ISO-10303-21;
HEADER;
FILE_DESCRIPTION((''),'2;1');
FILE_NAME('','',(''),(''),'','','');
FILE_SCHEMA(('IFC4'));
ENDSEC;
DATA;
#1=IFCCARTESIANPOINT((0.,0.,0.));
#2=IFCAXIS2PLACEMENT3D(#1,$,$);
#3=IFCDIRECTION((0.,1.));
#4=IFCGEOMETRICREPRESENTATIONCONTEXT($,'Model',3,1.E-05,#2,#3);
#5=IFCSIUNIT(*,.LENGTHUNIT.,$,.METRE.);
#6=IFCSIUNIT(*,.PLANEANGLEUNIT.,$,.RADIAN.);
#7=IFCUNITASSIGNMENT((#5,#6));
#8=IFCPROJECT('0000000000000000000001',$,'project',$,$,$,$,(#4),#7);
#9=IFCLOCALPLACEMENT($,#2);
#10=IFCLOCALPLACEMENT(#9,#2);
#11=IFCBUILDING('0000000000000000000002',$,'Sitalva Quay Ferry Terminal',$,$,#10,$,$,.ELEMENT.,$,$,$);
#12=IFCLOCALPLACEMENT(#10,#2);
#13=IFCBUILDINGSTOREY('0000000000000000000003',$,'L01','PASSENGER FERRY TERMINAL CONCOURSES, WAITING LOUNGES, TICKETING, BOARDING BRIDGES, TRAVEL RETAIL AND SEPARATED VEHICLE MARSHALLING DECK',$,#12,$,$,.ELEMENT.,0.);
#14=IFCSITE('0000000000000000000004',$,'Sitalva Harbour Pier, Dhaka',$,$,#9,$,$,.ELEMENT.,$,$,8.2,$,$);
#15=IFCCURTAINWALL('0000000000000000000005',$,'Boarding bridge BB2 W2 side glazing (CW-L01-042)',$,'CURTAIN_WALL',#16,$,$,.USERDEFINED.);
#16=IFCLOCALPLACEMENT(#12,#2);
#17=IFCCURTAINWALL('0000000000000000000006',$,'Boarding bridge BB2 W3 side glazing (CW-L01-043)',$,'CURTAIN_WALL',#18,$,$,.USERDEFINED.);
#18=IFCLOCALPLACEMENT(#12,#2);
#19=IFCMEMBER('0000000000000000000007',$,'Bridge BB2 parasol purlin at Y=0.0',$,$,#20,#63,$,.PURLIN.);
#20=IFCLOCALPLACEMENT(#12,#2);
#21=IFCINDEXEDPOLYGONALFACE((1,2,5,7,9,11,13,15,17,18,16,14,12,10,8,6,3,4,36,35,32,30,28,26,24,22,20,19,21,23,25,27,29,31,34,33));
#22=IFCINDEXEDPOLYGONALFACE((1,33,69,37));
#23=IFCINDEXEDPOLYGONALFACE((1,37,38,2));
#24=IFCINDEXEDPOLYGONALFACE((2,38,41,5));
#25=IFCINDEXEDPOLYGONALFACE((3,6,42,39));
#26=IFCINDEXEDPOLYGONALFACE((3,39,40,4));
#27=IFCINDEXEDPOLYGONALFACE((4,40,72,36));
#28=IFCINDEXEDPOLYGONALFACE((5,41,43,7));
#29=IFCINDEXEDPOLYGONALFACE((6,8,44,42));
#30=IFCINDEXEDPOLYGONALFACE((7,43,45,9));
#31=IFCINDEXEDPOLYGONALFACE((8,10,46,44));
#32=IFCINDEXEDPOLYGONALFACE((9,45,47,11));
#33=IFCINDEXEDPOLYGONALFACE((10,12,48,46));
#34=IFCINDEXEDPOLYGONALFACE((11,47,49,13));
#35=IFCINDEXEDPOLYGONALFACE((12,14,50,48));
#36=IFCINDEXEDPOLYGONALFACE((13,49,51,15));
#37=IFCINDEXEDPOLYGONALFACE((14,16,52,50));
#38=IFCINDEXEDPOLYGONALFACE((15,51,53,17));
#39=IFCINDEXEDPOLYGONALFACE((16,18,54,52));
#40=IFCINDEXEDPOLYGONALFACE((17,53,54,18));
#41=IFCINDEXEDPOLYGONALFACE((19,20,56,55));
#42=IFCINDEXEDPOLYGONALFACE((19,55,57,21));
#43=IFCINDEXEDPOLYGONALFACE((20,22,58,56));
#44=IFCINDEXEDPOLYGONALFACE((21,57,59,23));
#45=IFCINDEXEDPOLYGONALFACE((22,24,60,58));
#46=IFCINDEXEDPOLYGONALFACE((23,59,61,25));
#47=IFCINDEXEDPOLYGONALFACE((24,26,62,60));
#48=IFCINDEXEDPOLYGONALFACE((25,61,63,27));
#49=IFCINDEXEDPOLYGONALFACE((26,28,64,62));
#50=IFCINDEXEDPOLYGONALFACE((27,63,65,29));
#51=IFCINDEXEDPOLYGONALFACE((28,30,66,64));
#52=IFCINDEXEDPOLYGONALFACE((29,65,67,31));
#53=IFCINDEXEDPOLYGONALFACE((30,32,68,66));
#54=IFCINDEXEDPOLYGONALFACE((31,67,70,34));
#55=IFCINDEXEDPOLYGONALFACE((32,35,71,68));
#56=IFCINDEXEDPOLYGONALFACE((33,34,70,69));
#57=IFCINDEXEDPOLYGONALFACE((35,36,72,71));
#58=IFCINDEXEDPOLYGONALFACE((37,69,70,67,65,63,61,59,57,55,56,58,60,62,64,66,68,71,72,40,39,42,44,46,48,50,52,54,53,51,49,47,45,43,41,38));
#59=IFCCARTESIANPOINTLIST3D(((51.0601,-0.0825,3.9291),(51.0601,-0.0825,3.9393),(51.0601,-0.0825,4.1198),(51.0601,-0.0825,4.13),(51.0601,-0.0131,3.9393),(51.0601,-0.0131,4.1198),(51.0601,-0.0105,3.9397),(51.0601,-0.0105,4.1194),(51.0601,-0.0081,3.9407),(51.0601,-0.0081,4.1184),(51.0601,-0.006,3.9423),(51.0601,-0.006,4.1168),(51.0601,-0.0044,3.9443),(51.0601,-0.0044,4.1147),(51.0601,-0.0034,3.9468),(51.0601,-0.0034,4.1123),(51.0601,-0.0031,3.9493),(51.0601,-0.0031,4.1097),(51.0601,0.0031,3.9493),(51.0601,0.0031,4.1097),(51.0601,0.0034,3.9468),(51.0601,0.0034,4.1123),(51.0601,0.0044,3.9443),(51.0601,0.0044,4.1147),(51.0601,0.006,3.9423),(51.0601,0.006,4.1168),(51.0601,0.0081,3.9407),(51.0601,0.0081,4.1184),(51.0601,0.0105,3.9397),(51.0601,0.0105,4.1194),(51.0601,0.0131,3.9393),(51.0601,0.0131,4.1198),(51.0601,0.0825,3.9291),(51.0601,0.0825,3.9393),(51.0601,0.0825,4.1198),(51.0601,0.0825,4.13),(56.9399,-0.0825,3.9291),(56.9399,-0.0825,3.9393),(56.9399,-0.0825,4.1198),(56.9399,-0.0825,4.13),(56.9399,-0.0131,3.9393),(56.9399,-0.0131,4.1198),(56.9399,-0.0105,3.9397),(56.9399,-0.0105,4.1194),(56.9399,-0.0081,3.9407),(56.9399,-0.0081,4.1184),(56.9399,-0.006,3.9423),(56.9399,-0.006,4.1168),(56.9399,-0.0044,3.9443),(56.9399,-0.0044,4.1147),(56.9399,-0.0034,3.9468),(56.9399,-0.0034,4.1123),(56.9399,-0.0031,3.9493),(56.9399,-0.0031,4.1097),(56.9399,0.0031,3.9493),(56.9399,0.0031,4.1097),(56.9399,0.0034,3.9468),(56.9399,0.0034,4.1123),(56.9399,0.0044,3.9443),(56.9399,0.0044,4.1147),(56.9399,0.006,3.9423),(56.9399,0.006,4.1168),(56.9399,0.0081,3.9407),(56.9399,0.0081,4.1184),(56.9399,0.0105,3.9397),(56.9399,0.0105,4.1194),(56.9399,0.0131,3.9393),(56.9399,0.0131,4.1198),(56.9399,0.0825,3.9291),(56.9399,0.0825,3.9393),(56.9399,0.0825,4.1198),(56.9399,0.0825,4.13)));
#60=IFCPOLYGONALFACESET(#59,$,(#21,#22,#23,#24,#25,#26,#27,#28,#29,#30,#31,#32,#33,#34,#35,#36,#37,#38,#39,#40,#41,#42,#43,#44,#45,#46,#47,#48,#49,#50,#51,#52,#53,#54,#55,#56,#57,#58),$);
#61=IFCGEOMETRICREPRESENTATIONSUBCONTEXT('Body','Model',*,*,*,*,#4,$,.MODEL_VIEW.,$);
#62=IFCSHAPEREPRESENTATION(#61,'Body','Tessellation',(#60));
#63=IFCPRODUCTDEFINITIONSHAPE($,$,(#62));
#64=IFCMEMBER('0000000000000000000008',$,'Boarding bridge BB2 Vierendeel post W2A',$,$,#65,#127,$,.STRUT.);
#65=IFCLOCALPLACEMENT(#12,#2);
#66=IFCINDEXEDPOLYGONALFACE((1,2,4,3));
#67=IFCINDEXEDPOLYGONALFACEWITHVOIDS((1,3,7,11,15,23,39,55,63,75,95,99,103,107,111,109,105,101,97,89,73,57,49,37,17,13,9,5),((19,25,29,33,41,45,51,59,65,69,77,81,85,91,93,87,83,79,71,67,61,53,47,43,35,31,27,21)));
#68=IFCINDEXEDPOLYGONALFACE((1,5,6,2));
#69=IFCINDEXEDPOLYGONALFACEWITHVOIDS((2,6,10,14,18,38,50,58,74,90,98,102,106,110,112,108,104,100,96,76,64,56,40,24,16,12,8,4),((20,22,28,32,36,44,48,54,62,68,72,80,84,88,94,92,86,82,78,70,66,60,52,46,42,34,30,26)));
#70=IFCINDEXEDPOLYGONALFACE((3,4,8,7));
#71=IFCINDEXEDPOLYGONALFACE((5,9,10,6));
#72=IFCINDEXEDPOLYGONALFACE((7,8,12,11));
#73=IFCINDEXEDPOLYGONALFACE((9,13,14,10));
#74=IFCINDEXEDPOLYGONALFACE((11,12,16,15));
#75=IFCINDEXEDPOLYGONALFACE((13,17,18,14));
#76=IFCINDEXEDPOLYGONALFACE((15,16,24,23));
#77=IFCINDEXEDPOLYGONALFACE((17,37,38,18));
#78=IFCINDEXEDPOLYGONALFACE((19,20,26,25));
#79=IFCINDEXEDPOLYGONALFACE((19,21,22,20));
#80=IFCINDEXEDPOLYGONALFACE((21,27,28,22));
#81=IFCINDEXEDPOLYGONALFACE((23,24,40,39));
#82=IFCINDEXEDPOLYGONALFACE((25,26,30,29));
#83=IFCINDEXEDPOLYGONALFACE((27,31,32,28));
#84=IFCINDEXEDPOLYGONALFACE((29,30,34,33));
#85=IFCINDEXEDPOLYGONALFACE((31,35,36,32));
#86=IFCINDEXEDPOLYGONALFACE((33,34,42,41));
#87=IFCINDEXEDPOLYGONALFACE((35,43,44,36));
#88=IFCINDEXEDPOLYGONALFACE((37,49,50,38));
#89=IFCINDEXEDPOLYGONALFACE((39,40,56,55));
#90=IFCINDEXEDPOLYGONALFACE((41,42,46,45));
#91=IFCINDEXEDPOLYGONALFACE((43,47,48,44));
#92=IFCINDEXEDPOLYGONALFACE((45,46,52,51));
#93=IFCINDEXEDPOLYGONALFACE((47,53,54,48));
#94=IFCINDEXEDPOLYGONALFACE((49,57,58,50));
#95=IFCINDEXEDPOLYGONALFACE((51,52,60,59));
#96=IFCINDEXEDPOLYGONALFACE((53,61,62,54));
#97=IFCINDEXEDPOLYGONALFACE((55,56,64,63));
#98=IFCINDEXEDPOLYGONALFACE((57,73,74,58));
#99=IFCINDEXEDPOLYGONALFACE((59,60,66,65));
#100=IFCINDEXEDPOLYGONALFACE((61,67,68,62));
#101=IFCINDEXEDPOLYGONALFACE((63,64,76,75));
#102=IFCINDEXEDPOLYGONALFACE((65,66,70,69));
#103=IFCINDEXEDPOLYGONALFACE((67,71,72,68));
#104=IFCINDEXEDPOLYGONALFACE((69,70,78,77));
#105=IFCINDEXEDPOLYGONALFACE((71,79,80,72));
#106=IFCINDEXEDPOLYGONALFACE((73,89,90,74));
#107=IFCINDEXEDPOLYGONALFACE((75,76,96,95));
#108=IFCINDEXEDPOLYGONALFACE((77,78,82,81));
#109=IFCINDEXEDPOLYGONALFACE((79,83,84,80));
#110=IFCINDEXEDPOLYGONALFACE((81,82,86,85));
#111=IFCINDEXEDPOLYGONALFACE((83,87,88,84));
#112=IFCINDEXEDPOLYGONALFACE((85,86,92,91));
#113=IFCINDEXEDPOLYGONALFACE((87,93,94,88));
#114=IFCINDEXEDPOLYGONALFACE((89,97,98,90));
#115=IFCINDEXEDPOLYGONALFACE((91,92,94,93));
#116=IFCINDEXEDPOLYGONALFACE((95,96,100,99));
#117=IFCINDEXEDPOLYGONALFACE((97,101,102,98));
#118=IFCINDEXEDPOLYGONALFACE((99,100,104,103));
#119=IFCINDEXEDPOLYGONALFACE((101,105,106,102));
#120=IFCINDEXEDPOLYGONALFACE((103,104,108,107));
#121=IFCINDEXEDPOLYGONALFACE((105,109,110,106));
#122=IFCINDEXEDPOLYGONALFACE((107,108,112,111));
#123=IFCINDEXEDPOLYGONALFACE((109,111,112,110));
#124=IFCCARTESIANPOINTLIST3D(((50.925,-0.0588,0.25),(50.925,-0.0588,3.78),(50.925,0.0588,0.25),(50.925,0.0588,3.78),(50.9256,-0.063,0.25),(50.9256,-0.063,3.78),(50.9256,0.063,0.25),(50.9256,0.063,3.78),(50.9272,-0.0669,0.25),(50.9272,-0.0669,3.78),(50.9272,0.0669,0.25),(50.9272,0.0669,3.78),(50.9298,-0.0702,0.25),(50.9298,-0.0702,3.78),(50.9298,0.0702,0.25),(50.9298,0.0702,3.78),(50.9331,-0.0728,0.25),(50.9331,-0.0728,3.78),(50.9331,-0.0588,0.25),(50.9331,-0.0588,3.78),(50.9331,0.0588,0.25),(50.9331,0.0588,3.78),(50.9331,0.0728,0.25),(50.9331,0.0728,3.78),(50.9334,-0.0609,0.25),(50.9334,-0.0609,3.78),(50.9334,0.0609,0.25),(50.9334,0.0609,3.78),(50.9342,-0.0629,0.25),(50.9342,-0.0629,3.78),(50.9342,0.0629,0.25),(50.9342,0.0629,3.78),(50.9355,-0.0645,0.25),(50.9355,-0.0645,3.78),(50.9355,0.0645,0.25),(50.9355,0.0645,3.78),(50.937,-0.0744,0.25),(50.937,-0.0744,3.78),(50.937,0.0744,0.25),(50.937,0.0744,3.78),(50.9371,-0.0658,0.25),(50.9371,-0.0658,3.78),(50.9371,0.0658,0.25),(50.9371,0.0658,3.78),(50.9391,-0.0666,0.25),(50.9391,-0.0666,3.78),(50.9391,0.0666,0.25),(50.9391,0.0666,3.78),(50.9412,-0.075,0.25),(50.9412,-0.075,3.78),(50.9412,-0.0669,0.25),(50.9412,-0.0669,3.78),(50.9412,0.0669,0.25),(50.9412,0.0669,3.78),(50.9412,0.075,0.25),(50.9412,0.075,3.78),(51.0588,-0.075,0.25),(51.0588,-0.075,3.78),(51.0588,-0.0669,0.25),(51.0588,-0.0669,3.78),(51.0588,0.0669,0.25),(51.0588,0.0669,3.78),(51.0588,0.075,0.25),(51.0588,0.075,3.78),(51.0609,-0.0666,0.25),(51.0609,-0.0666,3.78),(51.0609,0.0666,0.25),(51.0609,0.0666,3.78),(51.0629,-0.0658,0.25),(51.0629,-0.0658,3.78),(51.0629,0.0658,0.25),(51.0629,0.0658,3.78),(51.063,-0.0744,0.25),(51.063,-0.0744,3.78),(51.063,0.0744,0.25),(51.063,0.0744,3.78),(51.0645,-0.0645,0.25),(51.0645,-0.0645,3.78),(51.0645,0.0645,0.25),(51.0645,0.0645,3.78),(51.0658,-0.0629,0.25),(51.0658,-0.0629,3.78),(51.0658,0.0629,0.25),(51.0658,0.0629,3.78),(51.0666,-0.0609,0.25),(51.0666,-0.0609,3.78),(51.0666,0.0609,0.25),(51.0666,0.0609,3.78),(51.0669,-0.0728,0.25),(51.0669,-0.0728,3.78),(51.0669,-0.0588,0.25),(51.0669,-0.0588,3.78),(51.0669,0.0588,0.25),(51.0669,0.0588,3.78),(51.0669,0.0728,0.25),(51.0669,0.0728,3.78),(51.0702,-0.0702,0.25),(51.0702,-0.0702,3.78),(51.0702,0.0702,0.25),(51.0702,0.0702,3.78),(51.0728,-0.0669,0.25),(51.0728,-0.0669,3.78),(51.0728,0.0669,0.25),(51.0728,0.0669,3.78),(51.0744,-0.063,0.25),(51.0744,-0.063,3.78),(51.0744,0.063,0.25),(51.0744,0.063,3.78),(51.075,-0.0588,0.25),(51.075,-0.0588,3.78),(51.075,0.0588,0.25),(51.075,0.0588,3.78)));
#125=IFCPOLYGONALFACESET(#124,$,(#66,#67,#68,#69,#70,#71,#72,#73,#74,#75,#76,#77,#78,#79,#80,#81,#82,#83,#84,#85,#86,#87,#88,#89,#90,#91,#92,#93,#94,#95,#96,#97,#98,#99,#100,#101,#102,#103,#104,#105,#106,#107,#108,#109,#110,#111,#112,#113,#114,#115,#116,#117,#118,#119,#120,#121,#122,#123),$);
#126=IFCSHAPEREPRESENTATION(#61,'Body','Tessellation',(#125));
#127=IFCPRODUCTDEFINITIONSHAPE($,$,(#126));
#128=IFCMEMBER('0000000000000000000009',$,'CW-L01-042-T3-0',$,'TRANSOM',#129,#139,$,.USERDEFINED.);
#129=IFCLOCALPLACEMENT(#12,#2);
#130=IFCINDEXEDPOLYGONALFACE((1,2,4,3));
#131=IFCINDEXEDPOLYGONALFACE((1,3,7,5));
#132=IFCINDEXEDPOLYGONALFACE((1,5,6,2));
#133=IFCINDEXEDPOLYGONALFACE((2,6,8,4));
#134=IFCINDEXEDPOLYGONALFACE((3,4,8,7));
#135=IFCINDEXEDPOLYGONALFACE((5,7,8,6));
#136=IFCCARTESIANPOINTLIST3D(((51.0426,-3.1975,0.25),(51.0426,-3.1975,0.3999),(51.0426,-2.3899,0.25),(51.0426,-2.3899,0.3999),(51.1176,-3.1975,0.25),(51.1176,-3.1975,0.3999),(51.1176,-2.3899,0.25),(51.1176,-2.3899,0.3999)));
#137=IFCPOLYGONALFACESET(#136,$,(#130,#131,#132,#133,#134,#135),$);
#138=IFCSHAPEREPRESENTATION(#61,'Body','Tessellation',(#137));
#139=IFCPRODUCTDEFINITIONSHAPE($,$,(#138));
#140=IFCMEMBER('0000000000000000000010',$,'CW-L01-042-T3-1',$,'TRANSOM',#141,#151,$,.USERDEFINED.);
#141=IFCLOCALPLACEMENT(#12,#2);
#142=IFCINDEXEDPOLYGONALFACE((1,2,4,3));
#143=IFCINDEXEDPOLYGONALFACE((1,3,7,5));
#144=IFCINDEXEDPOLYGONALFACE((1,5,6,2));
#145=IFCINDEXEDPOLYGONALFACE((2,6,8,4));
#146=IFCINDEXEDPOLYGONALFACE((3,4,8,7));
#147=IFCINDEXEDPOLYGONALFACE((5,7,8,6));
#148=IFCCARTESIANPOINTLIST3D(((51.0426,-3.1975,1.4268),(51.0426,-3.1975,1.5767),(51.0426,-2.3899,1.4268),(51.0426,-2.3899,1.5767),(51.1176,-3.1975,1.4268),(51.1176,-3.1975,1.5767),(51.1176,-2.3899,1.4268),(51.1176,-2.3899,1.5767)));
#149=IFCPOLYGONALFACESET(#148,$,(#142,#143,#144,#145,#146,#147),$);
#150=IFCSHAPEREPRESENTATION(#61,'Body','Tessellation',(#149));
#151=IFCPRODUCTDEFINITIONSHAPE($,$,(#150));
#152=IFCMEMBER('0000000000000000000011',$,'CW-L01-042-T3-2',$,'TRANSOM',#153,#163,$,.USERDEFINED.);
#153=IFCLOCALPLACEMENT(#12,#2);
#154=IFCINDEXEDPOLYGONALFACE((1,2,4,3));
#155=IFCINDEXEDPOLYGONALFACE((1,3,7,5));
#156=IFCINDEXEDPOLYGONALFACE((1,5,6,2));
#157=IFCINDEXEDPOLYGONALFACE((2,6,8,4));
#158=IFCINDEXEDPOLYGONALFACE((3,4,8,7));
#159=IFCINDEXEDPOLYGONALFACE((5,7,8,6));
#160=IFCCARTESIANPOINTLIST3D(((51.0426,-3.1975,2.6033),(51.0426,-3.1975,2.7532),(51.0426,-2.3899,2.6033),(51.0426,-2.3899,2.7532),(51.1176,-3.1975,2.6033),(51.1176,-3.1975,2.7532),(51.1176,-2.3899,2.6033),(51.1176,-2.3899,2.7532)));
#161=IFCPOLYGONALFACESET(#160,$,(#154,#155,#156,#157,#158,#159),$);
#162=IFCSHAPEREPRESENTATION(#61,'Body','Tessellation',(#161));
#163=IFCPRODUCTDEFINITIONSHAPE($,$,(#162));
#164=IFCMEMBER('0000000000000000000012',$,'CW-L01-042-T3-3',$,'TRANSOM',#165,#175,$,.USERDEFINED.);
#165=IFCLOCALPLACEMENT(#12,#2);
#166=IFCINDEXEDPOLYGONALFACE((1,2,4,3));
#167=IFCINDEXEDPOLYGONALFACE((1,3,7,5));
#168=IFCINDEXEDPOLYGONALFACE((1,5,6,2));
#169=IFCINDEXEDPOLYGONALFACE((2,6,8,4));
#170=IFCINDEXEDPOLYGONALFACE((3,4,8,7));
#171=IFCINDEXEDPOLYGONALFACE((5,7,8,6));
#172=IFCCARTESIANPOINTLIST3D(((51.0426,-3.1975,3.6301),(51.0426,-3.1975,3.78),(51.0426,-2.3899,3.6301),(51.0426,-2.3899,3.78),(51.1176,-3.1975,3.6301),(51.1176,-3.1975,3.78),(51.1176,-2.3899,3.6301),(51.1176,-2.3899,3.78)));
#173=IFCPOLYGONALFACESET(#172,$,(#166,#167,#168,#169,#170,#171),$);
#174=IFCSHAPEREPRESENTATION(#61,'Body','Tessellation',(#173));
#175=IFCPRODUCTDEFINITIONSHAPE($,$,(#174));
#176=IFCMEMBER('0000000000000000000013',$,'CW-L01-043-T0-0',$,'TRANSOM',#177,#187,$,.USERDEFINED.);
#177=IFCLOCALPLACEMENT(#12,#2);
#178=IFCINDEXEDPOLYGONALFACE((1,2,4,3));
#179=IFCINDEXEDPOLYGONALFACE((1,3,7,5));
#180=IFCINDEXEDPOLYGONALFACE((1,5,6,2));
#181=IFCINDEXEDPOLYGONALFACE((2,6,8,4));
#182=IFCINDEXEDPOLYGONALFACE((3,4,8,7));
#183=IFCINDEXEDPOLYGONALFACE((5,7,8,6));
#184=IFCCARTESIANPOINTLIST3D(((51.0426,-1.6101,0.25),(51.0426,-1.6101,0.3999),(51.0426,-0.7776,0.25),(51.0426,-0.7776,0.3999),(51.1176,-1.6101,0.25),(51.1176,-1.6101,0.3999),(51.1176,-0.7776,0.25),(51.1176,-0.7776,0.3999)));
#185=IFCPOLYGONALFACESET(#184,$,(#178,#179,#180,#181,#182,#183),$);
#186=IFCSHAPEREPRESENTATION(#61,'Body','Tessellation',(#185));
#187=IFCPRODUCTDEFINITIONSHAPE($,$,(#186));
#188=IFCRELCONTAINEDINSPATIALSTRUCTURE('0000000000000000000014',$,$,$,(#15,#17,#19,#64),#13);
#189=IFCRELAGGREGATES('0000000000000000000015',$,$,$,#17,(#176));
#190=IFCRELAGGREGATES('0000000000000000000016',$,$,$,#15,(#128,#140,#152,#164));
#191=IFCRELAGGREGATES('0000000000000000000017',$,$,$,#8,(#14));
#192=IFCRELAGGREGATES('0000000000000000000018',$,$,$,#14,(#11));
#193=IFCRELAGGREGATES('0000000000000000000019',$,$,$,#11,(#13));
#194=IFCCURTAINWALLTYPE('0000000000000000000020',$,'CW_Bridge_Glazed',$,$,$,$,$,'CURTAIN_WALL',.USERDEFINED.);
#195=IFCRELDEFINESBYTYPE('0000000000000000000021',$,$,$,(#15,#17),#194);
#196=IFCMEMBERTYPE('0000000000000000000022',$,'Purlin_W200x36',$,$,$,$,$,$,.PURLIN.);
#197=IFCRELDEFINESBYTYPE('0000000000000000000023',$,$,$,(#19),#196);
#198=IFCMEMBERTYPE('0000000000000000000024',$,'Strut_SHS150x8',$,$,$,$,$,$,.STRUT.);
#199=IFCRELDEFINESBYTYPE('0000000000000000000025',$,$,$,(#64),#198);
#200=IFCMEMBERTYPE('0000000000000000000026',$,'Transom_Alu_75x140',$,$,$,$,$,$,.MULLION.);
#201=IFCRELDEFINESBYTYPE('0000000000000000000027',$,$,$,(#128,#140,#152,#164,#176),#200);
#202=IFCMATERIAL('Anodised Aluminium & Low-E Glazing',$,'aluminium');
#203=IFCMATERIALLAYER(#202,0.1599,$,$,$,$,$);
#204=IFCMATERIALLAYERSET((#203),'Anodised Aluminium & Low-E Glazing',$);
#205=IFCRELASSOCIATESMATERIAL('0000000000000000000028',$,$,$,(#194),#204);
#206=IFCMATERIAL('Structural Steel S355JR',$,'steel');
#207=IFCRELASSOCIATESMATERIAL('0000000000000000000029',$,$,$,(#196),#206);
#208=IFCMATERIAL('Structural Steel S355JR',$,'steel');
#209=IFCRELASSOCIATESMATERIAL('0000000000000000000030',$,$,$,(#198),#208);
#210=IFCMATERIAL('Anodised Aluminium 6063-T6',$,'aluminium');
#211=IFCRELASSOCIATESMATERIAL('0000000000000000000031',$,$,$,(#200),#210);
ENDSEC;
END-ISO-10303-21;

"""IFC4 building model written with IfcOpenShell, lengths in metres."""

from ifc_helpers import new_model, si_unit, direction, frame, origin, origin_2d, place, context, subcontext, project, spatial, rectangle, hollow_rectangle, i_section, extrude, material, layer, layer_set, material_profile, profile_set, type_object, element, aggregate, save


model = new_model("IFC4")

# Units and contexts
model_context = context("Model", 3, precision=1e-05, world=origin(), true_north=direction((0.0, 1.0)))
body_context = subcontext(model_context, "Body", "Model", "MODEL_VIEW")
ifc_project = project(units=[si_unit("LENGTHUNIT", "METRE"), si_unit("PLANEANGLEUNIT", "RADIAN")], contexts=[model_context])

# Site, building, storey
site_placement = place(None, origin())
site = spatial("IfcSite", under=ifc_project, at=site_placement, Name="Sitalva Harbour Pier, Dhaka", CompositionType="ELEMENT", RefElevation=8.2)
building_placement = place(site_placement, origin())
building = spatial("IfcBuilding", under=site, at=building_placement, Name="Sitalva Quay Ferry Terminal", CompositionType="ELEMENT")
storey_placement = place(building_placement, origin())
storey = spatial("IfcBuildingStorey", under=building, at=storey_placement, Name="L01", Description="PASSENGER FERRY TERMINAL CONCOURSES, WAITING LOUNGES, TICKETING, BOARDING BRIDGES, TRAVEL RETAIL AND SEPARATED VEHICLE MARSHALLING DECK", CompositionType="ELEMENT", Elevation=0.0)

# Curtain wall
ifc_material_1 = material(Name="Anodised Aluminium & Low-E Glazing", Category="aluminium")
ifc_layer_1 = layer(ifc_material_1, 0.1599)
ifc_layer_set_1 = layer_set([ifc_layer_1], Name="Anodised Aluminium & Low-E Glazing")
curtain_wall_type = type_object("IfcCurtainWallType", Name="CW_Bridge_Glazed", ElementType="CURTAIN_WALL", PredefinedType="USERDEFINED", material=ifc_layer_set_1)
curtain_wall_1_placement = place(storey_placement, origin())
curtain_wall_1 = element("IfcCurtainWall", 1, at=curtain_wall_1_placement, inside=storey, type_object=curtain_wall_type, Name="Boarding bridge BB2 W2 side glazing (CW-L01-042)", ObjectType="CURTAIN_WALL", PredefinedType="USERDEFINED")

# Curtain wall
curtain_wall_2_placement = place(storey_placement, origin())
curtain_wall_2 = element("IfcCurtainWall", 2, at=curtain_wall_2_placement, inside=storey, type_object=curtain_wall_type, Name="Boarding bridge BB2 W3 side glazing (CW-L01-043)", ObjectType="CURTAIN_WALL", PredefinedType="USERDEFINED")

# Members
ifc_material_2 = material(Name="Structural Steel S355JR", Category="steel")
ifc_material_profile_1 = material_profile(ifc_material_2, i_section(OverallWidth=0.165, OverallDepth=0.2009, WebThickness=0.0061, FlangeThickness=0.0103, FilletRadius=0.01, at=origin_2d()), Name="W200x36")
ifc_profile_set_1 = profile_set([ifc_material_profile_1], Name="Structural Steel S355JR")
member_type_1 = type_object("IfcMemberType", Name="Purlin_W200x36", PredefinedType="PURLIN", material=ifc_profile_set_1)
member_1_placement = place(storey_placement, frame((51.0601, 0.0, 4.0295), z_axis=(1.0, 0.0, 0.0), x_axis=(0.0, 1.0, 0.0)))
element("IfcMember", 3, at=member_1_placement, inside=storey, type_object=member_type_1, Name="Bridge BB2 parasol purlin at Y=0.0", PredefinedType="PURLIN", context=body_context, shape_type="SweptSolid", body=[
    extrude(i_section(OverallWidth=0.165, OverallDepth=0.2009, WebThickness=0.0061, FlangeThickness=0.0103, FilletRadius=0.01, at=origin_2d()), origin(), (0.0, 0.0, 1.0), 5.8799),
])
ifc_material_3 = material(Name="Structural Steel S355JR", Category="steel")
ifc_material_profile_2 = material_profile(ifc_material_3, hollow_rectangle(XDim=0.1499, YDim=0.1499, WallThickness=0.0081, InnerFilletRadius=0.0081, OuterFilletRadius=0.0161, at=origin_2d()), Name="SHS150x150x8")
ifc_profile_set_2 = profile_set([ifc_material_profile_2], Name="Structural Steel S355JR")
member_type_2 = type_object("IfcMemberType", Name="Strut_SHS150x8", PredefinedType="STRUT", material=ifc_profile_set_2)
member_2_placement = place(storey_placement, frame((51.0, 0.0, 0.25), z_axis=(0.0, 0.0, 1.0), x_axis=(1.0, 0.0, 0.0)))
element("IfcMember", 4, at=member_2_placement, inside=storey, type_object=member_type_2, Name="Boarding bridge BB2 Vierendeel post W2A", PredefinedType="STRUT", context=body_context, shape_type="SweptSolid", body=[
    extrude(hollow_rectangle(XDim=0.1499, YDim=0.1499, WallThickness=0.0081, InnerFilletRadius=0.0081, OuterFilletRadius=0.0161, at=origin_2d()), origin(), (0.0, 0.0, 1.0), 3.53),
])

# Members
ifc_material_4 = material(Name="Anodised Aluminium 6063-T6", Category="aluminium")
ifc_material_profile_3 = material_profile(ifc_material_4, rectangle(XDim=0.075, YDim=0.1499, at=origin_2d()), Name="ALU75x150")
ifc_profile_set_3 = profile_set([ifc_material_profile_3], Name="Anodised Aluminium 6063-T6")
member_type_3 = type_object("IfcMemberType", Name="Transom_Alu_75x140", PredefinedType="MULLION", material=ifc_profile_set_3)
member_3_placement = place(storey_placement, frame((51.0801, -3.1975, 0.325), z_axis=(0.0, 1.0, 0.0), x_axis=(-1.0, 0.0, 0.0)))
member_3 = element("IfcMember", 5, at=member_3_placement, type_object=member_type_3, Name="CW-L01-042-T3-0", ObjectType="TRANSOM", PredefinedType="USERDEFINED", context=body_context, shape_type="SweptSolid", body=[
    extrude(rectangle(XDim=0.075, YDim=0.1499, at=origin_2d()), origin(), (0.0, 0.0, 1.0), 0.8076),
])
member_4_placement = place(storey_placement, frame((51.0801, -3.1975, 1.5017), z_axis=(0.0, 1.0, 0.0), x_axis=(-1.0, 0.0, 0.0)))
member_4 = element("IfcMember", 6, at=member_4_placement, type_object=member_type_3, Name="CW-L01-042-T3-1", ObjectType="TRANSOM", PredefinedType="USERDEFINED", context=body_context, shape_type="SweptSolid", body=[
    extrude(rectangle(XDim=0.075, YDim=0.1499, at=origin_2d()), origin(), (0.0, 0.0, 1.0), 0.8076),
])
member_5_placement = place(storey_placement, frame((51.0801, -3.1975, 2.6782), z_axis=(0.0, 1.0, 0.0), x_axis=(-1.0, 0.0, 0.0)))
member_5 = element("IfcMember", 7, at=member_5_placement, type_object=member_type_3, Name="CW-L01-042-T3-2", ObjectType="TRANSOM", PredefinedType="USERDEFINED", context=body_context, shape_type="SweptSolid", body=[
    extrude(rectangle(XDim=0.075, YDim=0.1499, at=origin_2d()), origin(), (0.0, 0.0, 1.0), 0.8076),
])
member_6_placement = place(storey_placement, frame((51.0801, -3.1975, 3.7051), z_axis=(0.0, 1.0, 0.0), x_axis=(-1.0, 0.0, 0.0)))
member_6 = element("IfcMember", 8, at=member_6_placement, type_object=member_type_3, Name="CW-L01-042-T3-3", ObjectType="TRANSOM", PredefinedType="USERDEFINED", context=body_context, shape_type="SweptSolid", body=[
    extrude(rectangle(XDim=0.075, YDim=0.1499, at=origin_2d()), origin(), (0.0, 0.0, 1.0), 0.8076),
])
member_7_placement = place(storey_placement, frame((51.0801, -1.6101, 0.325), z_axis=(0.0, 1.0, 0.0), x_axis=(-1.0, 0.0, 0.0)))
member_7 = element("IfcMember", 9, at=member_7_placement, type_object=member_type_3, Name="CW-L01-043-T0-0", ObjectType="TRANSOM", PredefinedType="USERDEFINED", context=body_context, shape_type="SweptSolid", body=[
    extrude(rectangle(XDim=0.075, YDim=0.1499, at=origin_2d()), origin(), (0.0, 0.0, 1.0), 0.8325),
])
aggregate(curtain_wall_2, [member_7])

aggregate(curtain_wall_1, [member_3, member_4, member_5, member_6])

save(model, "model.ifc")
